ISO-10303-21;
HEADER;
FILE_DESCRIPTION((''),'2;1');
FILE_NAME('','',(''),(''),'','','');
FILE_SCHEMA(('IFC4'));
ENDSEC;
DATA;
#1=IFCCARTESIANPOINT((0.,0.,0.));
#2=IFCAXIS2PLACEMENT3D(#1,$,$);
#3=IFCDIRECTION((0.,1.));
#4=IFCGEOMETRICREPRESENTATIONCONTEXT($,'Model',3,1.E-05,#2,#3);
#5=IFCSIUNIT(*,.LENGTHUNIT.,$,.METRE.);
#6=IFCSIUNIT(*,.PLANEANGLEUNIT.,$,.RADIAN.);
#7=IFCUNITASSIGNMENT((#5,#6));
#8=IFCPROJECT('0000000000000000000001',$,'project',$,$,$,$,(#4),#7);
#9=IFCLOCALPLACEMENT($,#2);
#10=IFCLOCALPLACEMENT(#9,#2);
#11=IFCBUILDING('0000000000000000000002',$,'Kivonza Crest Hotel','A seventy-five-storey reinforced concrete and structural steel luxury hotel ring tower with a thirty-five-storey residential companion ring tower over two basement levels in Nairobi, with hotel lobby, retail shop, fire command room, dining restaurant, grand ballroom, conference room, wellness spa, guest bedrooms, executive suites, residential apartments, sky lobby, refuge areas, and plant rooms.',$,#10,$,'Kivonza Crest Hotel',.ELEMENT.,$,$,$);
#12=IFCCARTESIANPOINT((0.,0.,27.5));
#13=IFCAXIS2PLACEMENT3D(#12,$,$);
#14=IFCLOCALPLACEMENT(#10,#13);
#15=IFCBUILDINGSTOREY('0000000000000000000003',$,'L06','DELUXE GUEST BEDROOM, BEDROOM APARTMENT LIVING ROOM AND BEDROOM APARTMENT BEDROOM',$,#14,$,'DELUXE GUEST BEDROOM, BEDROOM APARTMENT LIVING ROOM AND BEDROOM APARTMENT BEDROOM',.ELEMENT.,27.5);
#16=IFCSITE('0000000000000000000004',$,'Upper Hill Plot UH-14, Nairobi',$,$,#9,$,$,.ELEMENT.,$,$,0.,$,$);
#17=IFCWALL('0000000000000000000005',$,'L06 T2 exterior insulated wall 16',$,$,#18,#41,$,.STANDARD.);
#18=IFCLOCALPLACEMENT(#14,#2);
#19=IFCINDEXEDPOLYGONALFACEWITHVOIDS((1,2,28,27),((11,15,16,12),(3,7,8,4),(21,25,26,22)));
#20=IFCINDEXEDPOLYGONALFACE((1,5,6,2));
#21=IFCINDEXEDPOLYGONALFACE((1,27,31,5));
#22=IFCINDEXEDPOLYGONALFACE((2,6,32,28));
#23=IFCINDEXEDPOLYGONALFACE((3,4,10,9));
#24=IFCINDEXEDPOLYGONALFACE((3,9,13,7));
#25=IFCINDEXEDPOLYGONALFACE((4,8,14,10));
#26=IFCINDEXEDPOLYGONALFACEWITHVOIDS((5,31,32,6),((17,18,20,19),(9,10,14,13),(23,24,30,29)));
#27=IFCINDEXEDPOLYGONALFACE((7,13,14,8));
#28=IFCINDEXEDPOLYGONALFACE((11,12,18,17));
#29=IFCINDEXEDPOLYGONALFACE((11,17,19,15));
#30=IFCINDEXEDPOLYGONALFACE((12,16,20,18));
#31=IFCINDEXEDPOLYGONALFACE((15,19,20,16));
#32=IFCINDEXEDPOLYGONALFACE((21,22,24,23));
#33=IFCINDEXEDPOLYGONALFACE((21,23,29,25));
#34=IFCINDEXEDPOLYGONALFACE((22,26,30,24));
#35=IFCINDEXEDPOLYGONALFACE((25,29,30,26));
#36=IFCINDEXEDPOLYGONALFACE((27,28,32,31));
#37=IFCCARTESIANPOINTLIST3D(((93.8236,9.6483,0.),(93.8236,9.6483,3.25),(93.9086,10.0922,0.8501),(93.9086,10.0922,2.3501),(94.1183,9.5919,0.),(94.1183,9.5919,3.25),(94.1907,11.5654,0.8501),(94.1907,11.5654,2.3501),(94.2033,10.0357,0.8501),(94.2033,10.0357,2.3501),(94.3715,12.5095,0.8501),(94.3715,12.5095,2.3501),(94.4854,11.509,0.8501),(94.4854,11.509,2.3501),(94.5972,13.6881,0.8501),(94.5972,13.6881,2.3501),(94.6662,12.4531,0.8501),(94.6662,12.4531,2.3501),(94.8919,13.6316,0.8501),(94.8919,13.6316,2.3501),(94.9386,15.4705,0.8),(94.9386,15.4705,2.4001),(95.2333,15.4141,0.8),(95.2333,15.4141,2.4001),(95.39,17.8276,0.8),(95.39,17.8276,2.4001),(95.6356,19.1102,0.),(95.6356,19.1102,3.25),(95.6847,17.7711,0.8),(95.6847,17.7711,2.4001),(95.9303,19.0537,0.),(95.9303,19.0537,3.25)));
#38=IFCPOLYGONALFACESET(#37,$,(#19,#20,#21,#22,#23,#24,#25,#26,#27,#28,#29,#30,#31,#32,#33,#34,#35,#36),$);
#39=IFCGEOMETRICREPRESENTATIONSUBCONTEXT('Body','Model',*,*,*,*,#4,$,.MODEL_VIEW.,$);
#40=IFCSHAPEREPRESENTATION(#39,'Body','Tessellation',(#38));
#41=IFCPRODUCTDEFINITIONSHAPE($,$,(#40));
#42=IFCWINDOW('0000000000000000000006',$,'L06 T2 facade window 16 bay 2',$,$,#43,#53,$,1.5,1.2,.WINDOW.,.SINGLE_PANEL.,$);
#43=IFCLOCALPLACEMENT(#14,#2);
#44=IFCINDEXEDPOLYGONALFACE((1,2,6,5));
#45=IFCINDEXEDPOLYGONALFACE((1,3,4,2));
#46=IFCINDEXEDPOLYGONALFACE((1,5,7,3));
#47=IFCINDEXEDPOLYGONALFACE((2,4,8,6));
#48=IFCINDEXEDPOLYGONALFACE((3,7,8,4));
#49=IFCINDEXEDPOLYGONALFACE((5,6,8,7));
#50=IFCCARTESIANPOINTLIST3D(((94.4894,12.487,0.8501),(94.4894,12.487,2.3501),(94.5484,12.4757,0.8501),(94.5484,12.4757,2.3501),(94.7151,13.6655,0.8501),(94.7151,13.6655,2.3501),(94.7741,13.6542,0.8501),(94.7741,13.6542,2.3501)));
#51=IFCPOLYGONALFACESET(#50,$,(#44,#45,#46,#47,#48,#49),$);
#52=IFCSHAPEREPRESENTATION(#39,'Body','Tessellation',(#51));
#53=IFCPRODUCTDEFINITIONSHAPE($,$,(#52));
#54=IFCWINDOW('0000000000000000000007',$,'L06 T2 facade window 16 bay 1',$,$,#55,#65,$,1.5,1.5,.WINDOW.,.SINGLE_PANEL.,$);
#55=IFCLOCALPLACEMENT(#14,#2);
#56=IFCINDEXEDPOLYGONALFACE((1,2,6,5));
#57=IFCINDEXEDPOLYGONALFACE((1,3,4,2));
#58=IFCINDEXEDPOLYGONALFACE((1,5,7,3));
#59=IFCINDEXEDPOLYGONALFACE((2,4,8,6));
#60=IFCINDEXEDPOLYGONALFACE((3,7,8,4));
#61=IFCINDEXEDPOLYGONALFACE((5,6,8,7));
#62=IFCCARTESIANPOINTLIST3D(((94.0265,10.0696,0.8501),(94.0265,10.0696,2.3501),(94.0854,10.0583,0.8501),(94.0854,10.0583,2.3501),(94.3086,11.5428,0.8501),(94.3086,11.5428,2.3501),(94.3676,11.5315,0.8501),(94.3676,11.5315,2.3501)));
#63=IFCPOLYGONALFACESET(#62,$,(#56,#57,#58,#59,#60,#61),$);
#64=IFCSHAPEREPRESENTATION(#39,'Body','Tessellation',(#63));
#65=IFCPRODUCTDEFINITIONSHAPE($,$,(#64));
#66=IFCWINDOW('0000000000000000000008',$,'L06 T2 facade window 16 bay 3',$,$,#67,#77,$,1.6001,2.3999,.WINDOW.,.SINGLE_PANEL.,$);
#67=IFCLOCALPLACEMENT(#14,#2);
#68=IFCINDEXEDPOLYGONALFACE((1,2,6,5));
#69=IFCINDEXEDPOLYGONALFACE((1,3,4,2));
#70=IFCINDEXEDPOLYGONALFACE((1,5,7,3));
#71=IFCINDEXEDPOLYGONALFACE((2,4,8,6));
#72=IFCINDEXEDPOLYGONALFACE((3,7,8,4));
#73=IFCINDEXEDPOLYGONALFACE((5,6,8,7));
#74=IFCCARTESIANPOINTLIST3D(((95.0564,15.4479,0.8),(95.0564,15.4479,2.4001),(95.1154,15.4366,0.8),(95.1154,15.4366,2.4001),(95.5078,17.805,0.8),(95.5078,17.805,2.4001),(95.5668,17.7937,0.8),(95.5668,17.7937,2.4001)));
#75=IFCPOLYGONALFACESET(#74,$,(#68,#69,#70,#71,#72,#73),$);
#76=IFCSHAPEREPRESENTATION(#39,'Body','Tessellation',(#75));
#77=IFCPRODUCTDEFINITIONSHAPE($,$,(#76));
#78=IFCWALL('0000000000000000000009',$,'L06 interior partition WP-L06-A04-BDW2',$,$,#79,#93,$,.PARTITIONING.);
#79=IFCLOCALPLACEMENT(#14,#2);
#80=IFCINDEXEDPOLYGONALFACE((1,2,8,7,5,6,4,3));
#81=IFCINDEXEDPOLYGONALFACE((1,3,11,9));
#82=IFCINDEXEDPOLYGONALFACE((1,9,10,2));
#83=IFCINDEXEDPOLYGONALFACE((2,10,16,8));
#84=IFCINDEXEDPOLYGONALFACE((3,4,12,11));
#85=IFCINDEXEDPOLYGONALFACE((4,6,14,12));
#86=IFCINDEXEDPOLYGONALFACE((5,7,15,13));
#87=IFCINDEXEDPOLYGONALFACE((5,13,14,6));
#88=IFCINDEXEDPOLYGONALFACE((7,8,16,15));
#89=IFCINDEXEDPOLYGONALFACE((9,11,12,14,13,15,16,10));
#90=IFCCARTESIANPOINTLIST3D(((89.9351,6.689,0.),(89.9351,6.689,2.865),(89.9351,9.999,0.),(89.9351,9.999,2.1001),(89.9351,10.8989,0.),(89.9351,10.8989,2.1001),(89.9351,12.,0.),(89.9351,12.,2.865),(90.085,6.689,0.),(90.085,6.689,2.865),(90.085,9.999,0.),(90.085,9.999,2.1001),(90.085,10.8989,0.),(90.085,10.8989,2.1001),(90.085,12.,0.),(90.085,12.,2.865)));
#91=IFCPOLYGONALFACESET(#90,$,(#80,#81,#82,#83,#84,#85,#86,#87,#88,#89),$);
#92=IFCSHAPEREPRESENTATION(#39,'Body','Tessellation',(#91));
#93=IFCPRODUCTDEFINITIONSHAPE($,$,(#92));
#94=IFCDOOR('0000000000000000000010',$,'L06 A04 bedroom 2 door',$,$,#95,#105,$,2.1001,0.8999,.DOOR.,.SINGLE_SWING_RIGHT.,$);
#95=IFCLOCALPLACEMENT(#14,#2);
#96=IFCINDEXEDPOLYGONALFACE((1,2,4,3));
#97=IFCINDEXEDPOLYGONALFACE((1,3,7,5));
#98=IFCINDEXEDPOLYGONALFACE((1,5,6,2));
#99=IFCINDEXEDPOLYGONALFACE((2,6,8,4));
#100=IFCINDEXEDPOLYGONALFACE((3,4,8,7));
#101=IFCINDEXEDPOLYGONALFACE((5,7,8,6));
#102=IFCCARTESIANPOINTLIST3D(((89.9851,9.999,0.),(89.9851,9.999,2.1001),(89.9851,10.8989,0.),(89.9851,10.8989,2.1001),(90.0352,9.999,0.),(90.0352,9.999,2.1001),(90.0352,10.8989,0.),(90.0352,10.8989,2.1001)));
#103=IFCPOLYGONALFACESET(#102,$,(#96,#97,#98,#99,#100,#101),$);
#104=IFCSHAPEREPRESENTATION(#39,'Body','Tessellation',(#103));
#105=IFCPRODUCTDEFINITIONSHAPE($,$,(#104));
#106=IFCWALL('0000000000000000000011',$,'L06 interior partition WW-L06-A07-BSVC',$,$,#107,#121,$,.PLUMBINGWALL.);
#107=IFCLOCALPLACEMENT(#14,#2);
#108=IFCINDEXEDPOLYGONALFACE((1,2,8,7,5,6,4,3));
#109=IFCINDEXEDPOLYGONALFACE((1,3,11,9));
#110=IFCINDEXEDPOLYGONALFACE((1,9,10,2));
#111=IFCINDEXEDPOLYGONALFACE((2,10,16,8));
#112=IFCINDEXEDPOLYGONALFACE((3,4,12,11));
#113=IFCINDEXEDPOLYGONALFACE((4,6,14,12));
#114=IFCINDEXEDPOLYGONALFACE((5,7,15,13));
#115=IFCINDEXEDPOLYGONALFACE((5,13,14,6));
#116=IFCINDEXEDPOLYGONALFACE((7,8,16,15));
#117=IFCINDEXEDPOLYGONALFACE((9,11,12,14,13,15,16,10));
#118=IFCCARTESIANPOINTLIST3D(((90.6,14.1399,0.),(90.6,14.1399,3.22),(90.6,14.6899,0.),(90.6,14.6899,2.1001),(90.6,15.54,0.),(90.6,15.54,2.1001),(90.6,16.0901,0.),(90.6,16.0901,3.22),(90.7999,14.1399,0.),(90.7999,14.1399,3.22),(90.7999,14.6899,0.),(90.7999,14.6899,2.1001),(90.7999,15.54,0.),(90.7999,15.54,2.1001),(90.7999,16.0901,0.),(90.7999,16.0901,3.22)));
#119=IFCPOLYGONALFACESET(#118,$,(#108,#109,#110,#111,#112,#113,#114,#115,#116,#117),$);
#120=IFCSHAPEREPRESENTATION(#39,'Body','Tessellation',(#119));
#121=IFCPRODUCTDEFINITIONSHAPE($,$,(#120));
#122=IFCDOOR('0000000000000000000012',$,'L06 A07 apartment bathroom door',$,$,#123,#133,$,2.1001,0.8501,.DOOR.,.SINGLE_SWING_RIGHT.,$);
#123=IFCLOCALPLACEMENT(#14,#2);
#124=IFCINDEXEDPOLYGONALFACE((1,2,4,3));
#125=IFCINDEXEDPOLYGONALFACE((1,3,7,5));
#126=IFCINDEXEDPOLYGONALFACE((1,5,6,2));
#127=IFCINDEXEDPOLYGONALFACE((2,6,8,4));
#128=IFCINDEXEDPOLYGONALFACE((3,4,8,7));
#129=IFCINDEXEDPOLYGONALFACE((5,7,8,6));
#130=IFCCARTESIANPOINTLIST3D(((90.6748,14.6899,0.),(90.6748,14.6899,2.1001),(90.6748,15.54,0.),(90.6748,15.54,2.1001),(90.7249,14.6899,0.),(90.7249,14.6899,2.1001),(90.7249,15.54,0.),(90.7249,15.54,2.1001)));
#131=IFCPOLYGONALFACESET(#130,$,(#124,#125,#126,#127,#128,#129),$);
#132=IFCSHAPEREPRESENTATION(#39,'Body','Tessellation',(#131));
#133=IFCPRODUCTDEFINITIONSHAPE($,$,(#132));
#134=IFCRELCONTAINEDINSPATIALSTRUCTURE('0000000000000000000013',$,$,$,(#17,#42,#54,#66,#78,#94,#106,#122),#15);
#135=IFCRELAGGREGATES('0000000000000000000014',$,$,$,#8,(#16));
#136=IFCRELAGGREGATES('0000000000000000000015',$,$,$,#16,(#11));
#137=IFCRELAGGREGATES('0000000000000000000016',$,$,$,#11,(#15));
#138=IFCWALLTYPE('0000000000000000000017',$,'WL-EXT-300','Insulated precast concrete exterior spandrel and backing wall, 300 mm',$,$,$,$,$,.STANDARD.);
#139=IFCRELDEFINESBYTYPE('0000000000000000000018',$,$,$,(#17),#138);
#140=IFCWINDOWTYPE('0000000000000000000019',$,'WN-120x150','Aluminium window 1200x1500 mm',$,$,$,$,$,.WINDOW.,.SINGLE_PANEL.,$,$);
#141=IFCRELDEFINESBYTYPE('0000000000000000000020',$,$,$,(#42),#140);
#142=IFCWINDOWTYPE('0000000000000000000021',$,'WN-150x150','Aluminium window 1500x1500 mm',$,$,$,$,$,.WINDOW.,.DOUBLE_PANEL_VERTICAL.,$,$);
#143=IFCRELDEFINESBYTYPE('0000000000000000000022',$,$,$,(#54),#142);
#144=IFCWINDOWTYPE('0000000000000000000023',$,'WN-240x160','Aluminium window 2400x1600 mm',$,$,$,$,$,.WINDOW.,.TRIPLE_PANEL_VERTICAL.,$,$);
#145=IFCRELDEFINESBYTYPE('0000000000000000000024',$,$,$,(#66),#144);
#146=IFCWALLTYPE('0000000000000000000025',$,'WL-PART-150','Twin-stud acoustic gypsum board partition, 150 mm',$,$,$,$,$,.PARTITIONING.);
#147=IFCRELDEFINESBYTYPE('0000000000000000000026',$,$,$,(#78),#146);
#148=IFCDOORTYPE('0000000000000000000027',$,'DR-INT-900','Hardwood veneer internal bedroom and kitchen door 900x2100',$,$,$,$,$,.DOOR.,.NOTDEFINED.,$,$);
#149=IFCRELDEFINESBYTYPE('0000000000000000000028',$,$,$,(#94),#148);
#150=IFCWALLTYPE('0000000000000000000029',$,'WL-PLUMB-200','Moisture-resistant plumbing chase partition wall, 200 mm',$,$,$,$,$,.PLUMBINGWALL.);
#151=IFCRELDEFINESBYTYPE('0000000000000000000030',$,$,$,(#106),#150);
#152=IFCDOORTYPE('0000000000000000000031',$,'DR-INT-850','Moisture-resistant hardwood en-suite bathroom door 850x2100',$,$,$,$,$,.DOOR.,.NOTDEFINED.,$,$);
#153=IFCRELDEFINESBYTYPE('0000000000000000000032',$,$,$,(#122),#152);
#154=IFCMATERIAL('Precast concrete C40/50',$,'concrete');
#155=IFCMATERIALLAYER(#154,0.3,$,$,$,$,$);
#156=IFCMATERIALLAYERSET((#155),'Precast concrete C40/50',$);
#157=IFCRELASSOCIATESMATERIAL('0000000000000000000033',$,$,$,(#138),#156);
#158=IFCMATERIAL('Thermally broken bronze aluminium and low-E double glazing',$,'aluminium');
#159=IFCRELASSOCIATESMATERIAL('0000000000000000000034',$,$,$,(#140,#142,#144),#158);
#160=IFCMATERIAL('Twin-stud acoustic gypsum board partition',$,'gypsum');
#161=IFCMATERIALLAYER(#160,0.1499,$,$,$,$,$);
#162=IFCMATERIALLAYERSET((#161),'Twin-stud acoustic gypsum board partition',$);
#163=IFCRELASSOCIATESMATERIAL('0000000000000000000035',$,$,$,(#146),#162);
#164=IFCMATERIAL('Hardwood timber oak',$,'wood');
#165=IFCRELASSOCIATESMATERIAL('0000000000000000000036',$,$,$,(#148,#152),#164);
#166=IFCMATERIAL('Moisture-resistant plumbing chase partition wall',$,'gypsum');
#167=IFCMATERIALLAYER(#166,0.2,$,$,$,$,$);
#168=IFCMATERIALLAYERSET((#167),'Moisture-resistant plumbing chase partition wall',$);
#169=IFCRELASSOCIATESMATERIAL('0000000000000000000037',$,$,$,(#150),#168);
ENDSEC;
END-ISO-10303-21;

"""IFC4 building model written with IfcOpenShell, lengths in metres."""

from ifc_helpers import new_model, si_unit, direction, frame, frame_2d, origin, place, context, subcontext, project, spatial, rectangle, extrude, material, layer, layer_set, type_object, element, fill, save


model = new_model("IFC4")

# Units and contexts
model_context = context("Model", 3, precision=1e-05, world=origin(), true_north=direction((0.0, 1.0)))
body_context = subcontext(model_context, "Body", "Model", "MODEL_VIEW")
ifc_project = project(units=[si_unit("LENGTHUNIT", "METRE"), si_unit("PLANEANGLEUNIT", "RADIAN")], contexts=[model_context])

# Site, building, storey
site_placement = place(None, origin())
site = spatial("IfcSite", under=ifc_project, at=site_placement, Name="Upper Hill Plot UH-14, Nairobi", CompositionType="ELEMENT", RefElevation=0.0)
building_placement = place(site_placement, origin())
building = spatial("IfcBuilding", under=site, at=building_placement, Name="Kivonza Crest Hotel", Description="A seventy-five-storey reinforced concrete and structural steel luxury hotel ring tower with a thirty-five-storey residential companion ring tower over two basement levels in Nairobi, with hotel lobby, retail shop, fire command room, dining restaurant, grand ballroom, conference room, wellness spa, guest bedrooms, executive suites, residential apartments, sky lobby, refuge areas, and plant rooms.", LongName="Kivonza Crest Hotel", CompositionType="ELEMENT")
storey_placement = place(building_placement, frame((0.0, 0.0, 27.5)))
storey = spatial("IfcBuildingStorey", under=building, at=storey_placement, Name="L06", Description="DELUXE GUEST BEDROOM, BEDROOM APARTMENT LIVING ROOM AND BEDROOM APARTMENT BEDROOM", LongName="DELUXE GUEST BEDROOM, BEDROOM APARTMENT LIVING ROOM AND BEDROOM APARTMENT BEDROOM", CompositionType="ELEMENT", Elevation=27.5)

# Shared definitions
ifc_material_1 = material(Name="Precast concrete C40/50", Category="concrete")
ifc_layer_1 = layer(ifc_material_1, 0.3)
ifc_layer_set_1 = layer_set([ifc_layer_1], Name="Precast concrete C40/50")
wall_type_1 = type_object("IfcWallType", Name="WL-EXT-300", Description="Insulated precast concrete exterior spandrel and backing wall, 300 mm", PredefinedType="STANDARD", material=ifc_layer_set_1)

# Wall, openings, windows
wall_1_placement = place(storey_placement, frame((93.9709, 9.6201, 0.0), z_axis=(0.0, 0.0, 1.0), x_axis=(0.188088, 0.982152, 0.0)))
wall_1 = element("IfcWall", 1, at=wall_1_placement, inside=storey, type_object=wall_type_1, Name="L06 T2 exterior insulated wall 16", PredefinedType="STANDARD", context=body_context, shape_type="SweptSolid", body=[
    extrude(rectangle(XDim=9.6338, YDim=0.3, at=frame_2d((4.8169, 0.0))), origin(), (0.0, 0.0, 1.0), 3.25),
])
opening_1_placement = place(wall_1_placement, frame((0.4519, 0.0, 0.8501)))
opening_1 = element("IfcOpeningElement", 2, at=opening_1_placement, cuts=wall_1, PredefinedType="OPENING", context=body_context, shape_type="SweptSolid", body=[
    extrude(rectangle(XDim=1.5, YDim=1.5, at=frame_2d((0.75, 0.75))), frame((0.0, 0.1602, 0.0), z_axis=(0.0, -1.0, 0.0), x_axis=(1.0, 0.0, 0.0)), (0.0, 0.0, 1.0), 0.3201),
])
opening_2_placement = place(wall_1_placement, frame((2.9131, 0.0, 0.8501)))
opening_2 = element("IfcOpeningElement", 3, at=opening_2_placement, cuts=wall_1, PredefinedType="OPENING", context=body_context, shape_type="SweptSolid", body=[
    extrude(rectangle(XDim=1.2, YDim=1.5, at=frame_2d((0.6001, 0.75))), frame((0.0, 0.1602, 0.0), z_axis=(0.0, -1.0, 0.0), x_axis=(1.0, 0.0, 0.0)), (0.0, 0.0, 1.0), 0.3201),
])
opening_3_placement = place(wall_1_placement, frame((5.928, 0.0, 0.8)))
opening_3 = element("IfcOpeningElement", 4, at=opening_3_placement, cuts=wall_1, PredefinedType="OPENING", context=body_context, shape_type="SweptSolid", body=[
    extrude(rectangle(XDim=2.3999, YDim=1.6001, at=frame_2d((1.2, 0.8))), frame((0.0, 0.1602, 0.0), z_axis=(0.0, -1.0, 0.0), x_axis=(1.0, 0.0, 0.0)), (0.0, 0.0, 1.0), 0.3201),
])
ifc_material_2 = material(Name="Thermally broken bronze aluminium and low-E double glazing", Category="aluminium")
window_type_1 = type_object("IfcWindowType", Name="WN-120x150", Description="Aluminium window 1200x1500 mm", PartitioningType="SINGLE_PANEL", PredefinedType="WINDOW", material=ifc_material_2)
window_1_placement = place(opening_2_placement, origin())
window_1 = element("IfcWindow", 5, at=window_1_placement, inside=storey, type_object=window_type_1, Name="L06 T2 facade window 16 bay 2", OverallHeight=1.5, OverallWidth=1.2, PartitioningType="SINGLE_PANEL", PredefinedType="WINDOW", context=body_context, shape_type="SweptSolid", body=[
    extrude(rectangle(XDim=1.2, YDim=1.5, at=frame_2d((0.6001, 0.75))), frame((0.0, 0.03, 0.0), z_axis=(0.0, -1.0, 0.0), x_axis=(1.0, 0.0, 0.0)), (0.0, 0.0, 1.0), 0.0601),
])
fill(opening_2, window_1)
window_type_2 = type_object("IfcWindowType", Name="WN-150x150", Description="Aluminium window 1500x1500 mm", PartitioningType="DOUBLE_PANEL_VERTICAL", PredefinedType="WINDOW", material=ifc_material_2)
window_2_placement = place(opening_1_placement, origin())
window_2 = element("IfcWindow", 6, at=window_2_placement, inside=storey, type_object=window_type_2, Name="L06 T2 facade window 16 bay 1", OverallHeight=1.5, OverallWidth=1.5, PartitioningType="SINGLE_PANEL", PredefinedType="WINDOW", context=body_context, shape_type="SweptSolid", body=[
    extrude(rectangle(XDim=1.5, YDim=1.5, at=frame_2d((0.75, 0.75))), frame((0.0, 0.03, 0.0), z_axis=(0.0, -1.0, 0.0), x_axis=(1.0, 0.0, 0.0)), (0.0, 0.0, 1.0), 0.0601),
])
fill(opening_1, window_2)
window_type_3 = type_object("IfcWindowType", Name="WN-240x160", Description="Aluminium window 2400x1600 mm", PartitioningType="TRIPLE_PANEL_VERTICAL", PredefinedType="WINDOW", material=ifc_material_2)
window_3_placement = place(opening_3_placement, origin())
window_3 = element("IfcWindow", 7, at=window_3_placement, inside=storey, type_object=window_type_3, Name="L06 T2 facade window 16 bay 3", OverallHeight=1.6001, OverallWidth=2.3999, PartitioningType="SINGLE_PANEL", PredefinedType="WINDOW", context=body_context, shape_type="SweptSolid", body=[
    extrude(rectangle(XDim=2.3999, YDim=1.6001, at=frame_2d((1.2, 0.8))), frame((0.0, 0.03, 0.0), z_axis=(0.0, -1.0, 0.0), x_axis=(1.0, 0.0, 0.0)), (0.0, 0.0, 1.0), 0.0601),
])
fill(opening_3, window_3)

# Walls, openings, doors
ifc_material_3 = material(Name="Twin-stud acoustic gypsum board partition", Category="gypsum")
ifc_layer_2 = layer(ifc_material_3, 0.1499)
ifc_layer_set_2 = layer_set([ifc_layer_2], Name="Twin-stud acoustic gypsum board partition")
wall_type_2 = type_object("IfcWallType", Name="WL-PART-150", Description="Twin-stud acoustic gypsum board partition, 150 mm", PredefinedType="PARTITIONING", material=ifc_layer_set_2)
wall_2_placement = place(storey_placement, frame((90.01, 6.689, 0.0), z_axis=(0.0, 0.0, 1.0), x_axis=(0.0, 1.0, 0.0)))
wall_2 = element("IfcWall", 8, at=wall_2_placement, inside=storey, type_object=wall_type_2, Name="L06 interior partition WP-L06-A04-BDW2", PredefinedType="PARTITIONING", context=body_context, shape_type="SweptSolid", body=[
    extrude(rectangle(XDim=5.311, YDim=0.1499, at=frame_2d((2.6555, 0.0))), origin(), (0.0, 0.0, 1.0), 2.865),
])
opening_4_placement = place(wall_2_placement, frame((3.3101, 0.0, 0.0)))
opening_4 = element("IfcOpeningElement", 9, at=opening_4_placement, cuts=wall_2, PredefinedType="OPENING", context=body_context, shape_type="SweptSolid", body=[
    extrude(rectangle(XDim=0.8999, YDim=2.1001, at=frame_2d((0.45, 1.05))), frame((0.0, 0.085, 0.0), z_axis=(0.0, -1.0, 0.0), x_axis=(1.0, 0.0, 0.0)), (0.0, 0.0, 1.0), 0.1699),
])
ifc_material_4 = material(Name="Hardwood timber oak", Category="wood")
door_type_1 = type_object("IfcDoorType", Name="DR-INT-900", Description="Hardwood veneer internal bedroom and kitchen door 900x2100", OperationType="NOTDEFINED", PredefinedType="DOOR", material=ifc_material_4)
door_1_placement = place(opening_4_placement, origin())
door_1 = element("IfcDoor", 10, at=door_1_placement, inside=storey, type_object=door_type_1, Name="L06 A04 bedroom 2 door", OperationType="SINGLE_SWING_RIGHT", OverallHeight=2.1001, OverallWidth=0.8999, PredefinedType="DOOR", context=body_context, shape_type="SweptSolid", body=[
    extrude(rectangle(XDim=0.8999, YDim=2.1001, at=frame_2d((0.45, 1.05))), frame((0.0, 0.0249, 0.0), z_axis=(0.0, -1.0, 0.0), x_axis=(1.0, 0.0, 0.0)), (0.0, 0.0, 1.0), 0.05),
])
fill(opening_4, door_1)
ifc_material_5 = material(Name="Moisture-resistant plumbing chase partition wall", Category="gypsum")
ifc_layer_3 = layer(ifc_material_5, 0.2)
ifc_layer_set_3 = layer_set([ifc_layer_3], Name="Moisture-resistant plumbing chase partition wall")
wall_type_3 = type_object("IfcWallType", Name="WL-PLUMB-200", Description="Moisture-resistant plumbing chase partition wall, 200 mm", PredefinedType="PLUMBINGWALL", material=ifc_layer_set_3)
wall_3_placement = place(storey_placement, frame((90.7, 14.1399, 0.0), z_axis=(0.0, 0.0, 1.0), x_axis=(0.0, 1.0, 0.0)))
wall_3 = element("IfcWall", 11, at=wall_3_placement, inside=storey, type_object=wall_type_3, Name="L06 interior partition WW-L06-A07-BSVC", PredefinedType="PLUMBINGWALL", context=body_context, shape_type="SweptSolid", body=[
    extrude(rectangle(XDim=1.9502, YDim=0.2, at=frame_2d((0.9751, 0.0))), origin(), (0.0, 0.0, 1.0), 3.22),
])
opening_5_placement = place(wall_3_placement, frame((0.55, 0.0, 0.0)))
opening_5 = element("IfcOpeningElement", 12, at=opening_5_placement, cuts=wall_3, PredefinedType="OPENING", context=body_context, shape_type="SweptSolid", body=[
    extrude(rectangle(XDim=0.8501, YDim=2.1001, at=frame_2d((0.425, 1.05))), frame((0.0, 0.1099, 0.0), z_axis=(0.0, -1.0, 0.0), x_axis=(1.0, 0.0, 0.0)), (0.0, 0.0, 1.0), 0.22),
])
door_type_2 = type_object("IfcDoorType", Name="DR-INT-850", Description="Moisture-resistant hardwood en-suite bathroom door 850x2100", OperationType="NOTDEFINED", PredefinedType="DOOR", material=ifc_material_4)
door_2_placement = place(opening_5_placement, frame((0.8501, 0.0, 0.0), z_axis=(0.0, 0.0, 1.0), x_axis=(-1.0, 0.0, 0.0)))
door_2 = element("IfcDoor", 13, at=door_2_placement, inside=storey, type_object=door_type_2, Name="L06 A07 apartment bathroom door", OperationType="SINGLE_SWING_RIGHT", OverallHeight=2.1001, OverallWidth=0.8501, PredefinedType="DOOR", context=body_context, shape_type="SweptSolid", body=[
    extrude(rectangle(XDim=0.8501, YDim=2.1001, at=frame_2d((0.425, 1.05))), frame((0.0, 0.0249, 0.0), z_axis=(0.0, -1.0, 0.0), x_axis=(1.0, 0.0, 0.0)), (0.0, 0.0, 1.0), 0.05),
])
fill(opening_5, door_2)

save(model, "model.ifc")
